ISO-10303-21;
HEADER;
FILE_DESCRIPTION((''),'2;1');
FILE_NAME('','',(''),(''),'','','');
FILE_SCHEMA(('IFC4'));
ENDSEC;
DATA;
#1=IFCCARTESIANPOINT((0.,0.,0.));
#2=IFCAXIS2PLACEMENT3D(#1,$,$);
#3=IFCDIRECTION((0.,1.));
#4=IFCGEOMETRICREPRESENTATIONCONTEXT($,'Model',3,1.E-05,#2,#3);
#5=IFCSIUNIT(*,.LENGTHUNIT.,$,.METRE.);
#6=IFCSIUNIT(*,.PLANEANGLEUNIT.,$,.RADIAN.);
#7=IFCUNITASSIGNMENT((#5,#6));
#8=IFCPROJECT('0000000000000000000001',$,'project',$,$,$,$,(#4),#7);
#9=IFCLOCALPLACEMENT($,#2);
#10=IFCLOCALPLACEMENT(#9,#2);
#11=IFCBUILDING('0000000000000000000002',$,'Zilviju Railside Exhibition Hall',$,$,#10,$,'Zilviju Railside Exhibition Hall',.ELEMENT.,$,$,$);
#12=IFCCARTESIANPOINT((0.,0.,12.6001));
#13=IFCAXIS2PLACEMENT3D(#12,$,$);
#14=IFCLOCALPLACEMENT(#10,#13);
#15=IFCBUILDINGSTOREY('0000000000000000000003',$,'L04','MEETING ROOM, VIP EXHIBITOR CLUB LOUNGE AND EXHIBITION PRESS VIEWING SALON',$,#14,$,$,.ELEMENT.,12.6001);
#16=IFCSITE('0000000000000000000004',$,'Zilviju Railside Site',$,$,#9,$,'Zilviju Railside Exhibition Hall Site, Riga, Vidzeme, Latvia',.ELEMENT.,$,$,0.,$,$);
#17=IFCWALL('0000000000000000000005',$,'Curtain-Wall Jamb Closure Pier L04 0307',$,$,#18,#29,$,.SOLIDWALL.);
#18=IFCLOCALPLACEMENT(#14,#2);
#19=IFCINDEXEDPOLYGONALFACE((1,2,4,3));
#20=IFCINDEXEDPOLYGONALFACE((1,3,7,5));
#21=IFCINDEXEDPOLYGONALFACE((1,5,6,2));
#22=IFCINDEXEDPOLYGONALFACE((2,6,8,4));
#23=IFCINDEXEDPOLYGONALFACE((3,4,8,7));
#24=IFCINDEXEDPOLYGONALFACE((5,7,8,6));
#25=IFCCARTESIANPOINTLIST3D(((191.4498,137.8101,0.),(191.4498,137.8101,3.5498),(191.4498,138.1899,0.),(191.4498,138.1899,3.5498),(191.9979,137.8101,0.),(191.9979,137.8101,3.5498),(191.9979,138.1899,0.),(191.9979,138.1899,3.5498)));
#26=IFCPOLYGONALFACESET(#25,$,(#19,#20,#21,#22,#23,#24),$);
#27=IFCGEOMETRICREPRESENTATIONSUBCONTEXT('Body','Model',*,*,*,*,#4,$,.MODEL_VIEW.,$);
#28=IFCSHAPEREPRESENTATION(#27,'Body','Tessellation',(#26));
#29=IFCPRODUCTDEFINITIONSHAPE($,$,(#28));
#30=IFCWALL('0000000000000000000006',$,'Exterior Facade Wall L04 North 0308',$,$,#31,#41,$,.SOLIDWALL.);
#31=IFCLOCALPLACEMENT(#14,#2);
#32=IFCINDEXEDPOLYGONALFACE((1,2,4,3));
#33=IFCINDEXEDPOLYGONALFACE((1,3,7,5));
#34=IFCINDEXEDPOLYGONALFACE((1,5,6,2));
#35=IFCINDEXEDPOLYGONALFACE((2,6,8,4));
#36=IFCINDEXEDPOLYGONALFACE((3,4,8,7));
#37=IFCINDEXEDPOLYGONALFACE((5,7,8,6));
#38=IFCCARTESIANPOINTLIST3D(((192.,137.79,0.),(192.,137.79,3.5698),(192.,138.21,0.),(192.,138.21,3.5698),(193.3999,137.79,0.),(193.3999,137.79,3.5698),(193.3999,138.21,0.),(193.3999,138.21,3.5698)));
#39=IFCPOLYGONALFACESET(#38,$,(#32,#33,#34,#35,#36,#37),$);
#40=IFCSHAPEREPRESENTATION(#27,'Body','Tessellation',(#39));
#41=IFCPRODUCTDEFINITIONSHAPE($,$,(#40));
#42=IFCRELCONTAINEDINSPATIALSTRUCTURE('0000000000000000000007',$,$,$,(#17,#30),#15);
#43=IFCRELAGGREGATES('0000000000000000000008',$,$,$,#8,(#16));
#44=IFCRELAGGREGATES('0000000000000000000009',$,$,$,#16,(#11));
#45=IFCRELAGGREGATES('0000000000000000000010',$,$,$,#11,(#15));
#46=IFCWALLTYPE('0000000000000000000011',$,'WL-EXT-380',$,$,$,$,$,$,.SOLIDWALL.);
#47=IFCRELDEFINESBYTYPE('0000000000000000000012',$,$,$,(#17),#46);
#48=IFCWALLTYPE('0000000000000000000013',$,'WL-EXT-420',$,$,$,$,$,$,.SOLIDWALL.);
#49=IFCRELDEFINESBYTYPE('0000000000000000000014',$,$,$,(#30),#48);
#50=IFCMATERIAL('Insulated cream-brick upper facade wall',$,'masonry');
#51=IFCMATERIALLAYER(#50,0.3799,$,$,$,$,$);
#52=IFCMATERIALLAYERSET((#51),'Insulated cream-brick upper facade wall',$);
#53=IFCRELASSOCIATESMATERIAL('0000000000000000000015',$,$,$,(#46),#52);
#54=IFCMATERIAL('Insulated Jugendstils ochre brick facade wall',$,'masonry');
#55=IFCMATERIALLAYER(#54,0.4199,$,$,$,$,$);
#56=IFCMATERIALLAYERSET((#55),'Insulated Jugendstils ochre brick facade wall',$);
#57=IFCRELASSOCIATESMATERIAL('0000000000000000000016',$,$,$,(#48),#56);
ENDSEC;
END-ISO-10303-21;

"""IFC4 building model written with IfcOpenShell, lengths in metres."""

from ifc_helpers import new_model, si_unit, direction, frame, frame_2d, origin, place, context, subcontext, project, spatial, rectangle, extrude, material, layer, layer_set, type_object, element, save


model = new_model("IFC4")

# Units and contexts
model_context = context("Model", 3, precision=1e-05, world=origin(), true_north=direction((0.0, 1.0)))
body_context = subcontext(model_context, "Body", "Model", "MODEL_VIEW")
ifc_project = project(units=[si_unit("LENGTHUNIT", "METRE"), si_unit("PLANEANGLEUNIT", "RADIAN")], contexts=[model_context])

# Site, building, storey
site_placement = place(None, origin())
site = spatial("IfcSite", under=ifc_project, at=site_placement, Name="Zilviju Railside Site", LongName="Zilviju Railside Exhibition Hall Site, Riga, Vidzeme, Latvia", CompositionType="ELEMENT", RefElevation=0.0)
building_placement = place(site_placement, origin())
building = spatial("IfcBuilding", under=site, at=building_placement, Name="Zilviju Railside Exhibition Hall", LongName="Zilviju Railside Exhibition Hall", CompositionType="ELEMENT")
storey_placement = place(building_placement, frame((0.0, 0.0, 12.6001)))
storey = spatial("IfcBuildingStorey", under=building, at=storey_placement, Name="L04", Description="MEETING ROOM, VIP EXHIBITOR CLUB LOUNGE AND EXHIBITION PRESS VIEWING SALON", CompositionType="ELEMENT", Elevation=12.6001)

# Walls
ifc_material_1 = material(Name="Insulated cream-brick upper facade wall", Category="masonry")
ifc_layer_1 = layer(ifc_material_1, 0.3799)
ifc_layer_set_1 = layer_set([ifc_layer_1], Name="Insulated cream-brick upper facade wall")
wall_type_1 = type_object("IfcWallType", Name="WL-EXT-380", PredefinedType="SOLIDWALL", material=ifc_layer_set_1)
wall_1_placement = place(storey_placement, frame((191.45, 138.0, 0.0), z_axis=(0.0, 0.0, 1.0), x_axis=(1.0, 0.0, 0.0)))
element("IfcWall", 1, at=wall_1_placement, inside=storey, type_object=wall_type_1, Name="Curtain-Wall Jamb Closure Pier L04 0307", PredefinedType="SOLIDWALL", context=body_context, shape_type="SweptSolid", body=[
    extrude(rectangle(XDim=0.5481, YDim=0.3799, at=frame_2d((0.2739, 0.0))), origin(), (0.0, 0.0, 1.0), 3.5498),
])
ifc_material_2 = material(Name="Insulated Jugendstils ochre brick facade wall", Category="masonry")
ifc_layer_2 = layer(ifc_material_2, 0.4199)
ifc_layer_set_2 = layer_set([ifc_layer_2], Name="Insulated Jugendstils ochre brick facade wall")
wall_type_2 = type_object("IfcWallType", Name="WL-EXT-420", PredefinedType="SOLIDWALL", material=ifc_layer_set_2)
wall_2_placement = place(storey_placement, frame((192.0, 138.0, 0.0), z_axis=(0.0, 0.0, 1.0), x_axis=(1.0, 0.0, 0.0)))
element("IfcWall", 2, at=wall_2_placement, inside=storey, type_object=wall_type_2, Name="Exterior Facade Wall L04 North 0308", PredefinedType="SOLIDWALL", context=body_context, shape_type="SweptSolid", body=[
    extrude(rectangle(XDim=1.3999, YDim=0.4199, at=frame_2d((0.7, 0.0))), origin(), (0.0, 0.0, 1.0), 3.5698),
])

save(model, "model.ifc")
